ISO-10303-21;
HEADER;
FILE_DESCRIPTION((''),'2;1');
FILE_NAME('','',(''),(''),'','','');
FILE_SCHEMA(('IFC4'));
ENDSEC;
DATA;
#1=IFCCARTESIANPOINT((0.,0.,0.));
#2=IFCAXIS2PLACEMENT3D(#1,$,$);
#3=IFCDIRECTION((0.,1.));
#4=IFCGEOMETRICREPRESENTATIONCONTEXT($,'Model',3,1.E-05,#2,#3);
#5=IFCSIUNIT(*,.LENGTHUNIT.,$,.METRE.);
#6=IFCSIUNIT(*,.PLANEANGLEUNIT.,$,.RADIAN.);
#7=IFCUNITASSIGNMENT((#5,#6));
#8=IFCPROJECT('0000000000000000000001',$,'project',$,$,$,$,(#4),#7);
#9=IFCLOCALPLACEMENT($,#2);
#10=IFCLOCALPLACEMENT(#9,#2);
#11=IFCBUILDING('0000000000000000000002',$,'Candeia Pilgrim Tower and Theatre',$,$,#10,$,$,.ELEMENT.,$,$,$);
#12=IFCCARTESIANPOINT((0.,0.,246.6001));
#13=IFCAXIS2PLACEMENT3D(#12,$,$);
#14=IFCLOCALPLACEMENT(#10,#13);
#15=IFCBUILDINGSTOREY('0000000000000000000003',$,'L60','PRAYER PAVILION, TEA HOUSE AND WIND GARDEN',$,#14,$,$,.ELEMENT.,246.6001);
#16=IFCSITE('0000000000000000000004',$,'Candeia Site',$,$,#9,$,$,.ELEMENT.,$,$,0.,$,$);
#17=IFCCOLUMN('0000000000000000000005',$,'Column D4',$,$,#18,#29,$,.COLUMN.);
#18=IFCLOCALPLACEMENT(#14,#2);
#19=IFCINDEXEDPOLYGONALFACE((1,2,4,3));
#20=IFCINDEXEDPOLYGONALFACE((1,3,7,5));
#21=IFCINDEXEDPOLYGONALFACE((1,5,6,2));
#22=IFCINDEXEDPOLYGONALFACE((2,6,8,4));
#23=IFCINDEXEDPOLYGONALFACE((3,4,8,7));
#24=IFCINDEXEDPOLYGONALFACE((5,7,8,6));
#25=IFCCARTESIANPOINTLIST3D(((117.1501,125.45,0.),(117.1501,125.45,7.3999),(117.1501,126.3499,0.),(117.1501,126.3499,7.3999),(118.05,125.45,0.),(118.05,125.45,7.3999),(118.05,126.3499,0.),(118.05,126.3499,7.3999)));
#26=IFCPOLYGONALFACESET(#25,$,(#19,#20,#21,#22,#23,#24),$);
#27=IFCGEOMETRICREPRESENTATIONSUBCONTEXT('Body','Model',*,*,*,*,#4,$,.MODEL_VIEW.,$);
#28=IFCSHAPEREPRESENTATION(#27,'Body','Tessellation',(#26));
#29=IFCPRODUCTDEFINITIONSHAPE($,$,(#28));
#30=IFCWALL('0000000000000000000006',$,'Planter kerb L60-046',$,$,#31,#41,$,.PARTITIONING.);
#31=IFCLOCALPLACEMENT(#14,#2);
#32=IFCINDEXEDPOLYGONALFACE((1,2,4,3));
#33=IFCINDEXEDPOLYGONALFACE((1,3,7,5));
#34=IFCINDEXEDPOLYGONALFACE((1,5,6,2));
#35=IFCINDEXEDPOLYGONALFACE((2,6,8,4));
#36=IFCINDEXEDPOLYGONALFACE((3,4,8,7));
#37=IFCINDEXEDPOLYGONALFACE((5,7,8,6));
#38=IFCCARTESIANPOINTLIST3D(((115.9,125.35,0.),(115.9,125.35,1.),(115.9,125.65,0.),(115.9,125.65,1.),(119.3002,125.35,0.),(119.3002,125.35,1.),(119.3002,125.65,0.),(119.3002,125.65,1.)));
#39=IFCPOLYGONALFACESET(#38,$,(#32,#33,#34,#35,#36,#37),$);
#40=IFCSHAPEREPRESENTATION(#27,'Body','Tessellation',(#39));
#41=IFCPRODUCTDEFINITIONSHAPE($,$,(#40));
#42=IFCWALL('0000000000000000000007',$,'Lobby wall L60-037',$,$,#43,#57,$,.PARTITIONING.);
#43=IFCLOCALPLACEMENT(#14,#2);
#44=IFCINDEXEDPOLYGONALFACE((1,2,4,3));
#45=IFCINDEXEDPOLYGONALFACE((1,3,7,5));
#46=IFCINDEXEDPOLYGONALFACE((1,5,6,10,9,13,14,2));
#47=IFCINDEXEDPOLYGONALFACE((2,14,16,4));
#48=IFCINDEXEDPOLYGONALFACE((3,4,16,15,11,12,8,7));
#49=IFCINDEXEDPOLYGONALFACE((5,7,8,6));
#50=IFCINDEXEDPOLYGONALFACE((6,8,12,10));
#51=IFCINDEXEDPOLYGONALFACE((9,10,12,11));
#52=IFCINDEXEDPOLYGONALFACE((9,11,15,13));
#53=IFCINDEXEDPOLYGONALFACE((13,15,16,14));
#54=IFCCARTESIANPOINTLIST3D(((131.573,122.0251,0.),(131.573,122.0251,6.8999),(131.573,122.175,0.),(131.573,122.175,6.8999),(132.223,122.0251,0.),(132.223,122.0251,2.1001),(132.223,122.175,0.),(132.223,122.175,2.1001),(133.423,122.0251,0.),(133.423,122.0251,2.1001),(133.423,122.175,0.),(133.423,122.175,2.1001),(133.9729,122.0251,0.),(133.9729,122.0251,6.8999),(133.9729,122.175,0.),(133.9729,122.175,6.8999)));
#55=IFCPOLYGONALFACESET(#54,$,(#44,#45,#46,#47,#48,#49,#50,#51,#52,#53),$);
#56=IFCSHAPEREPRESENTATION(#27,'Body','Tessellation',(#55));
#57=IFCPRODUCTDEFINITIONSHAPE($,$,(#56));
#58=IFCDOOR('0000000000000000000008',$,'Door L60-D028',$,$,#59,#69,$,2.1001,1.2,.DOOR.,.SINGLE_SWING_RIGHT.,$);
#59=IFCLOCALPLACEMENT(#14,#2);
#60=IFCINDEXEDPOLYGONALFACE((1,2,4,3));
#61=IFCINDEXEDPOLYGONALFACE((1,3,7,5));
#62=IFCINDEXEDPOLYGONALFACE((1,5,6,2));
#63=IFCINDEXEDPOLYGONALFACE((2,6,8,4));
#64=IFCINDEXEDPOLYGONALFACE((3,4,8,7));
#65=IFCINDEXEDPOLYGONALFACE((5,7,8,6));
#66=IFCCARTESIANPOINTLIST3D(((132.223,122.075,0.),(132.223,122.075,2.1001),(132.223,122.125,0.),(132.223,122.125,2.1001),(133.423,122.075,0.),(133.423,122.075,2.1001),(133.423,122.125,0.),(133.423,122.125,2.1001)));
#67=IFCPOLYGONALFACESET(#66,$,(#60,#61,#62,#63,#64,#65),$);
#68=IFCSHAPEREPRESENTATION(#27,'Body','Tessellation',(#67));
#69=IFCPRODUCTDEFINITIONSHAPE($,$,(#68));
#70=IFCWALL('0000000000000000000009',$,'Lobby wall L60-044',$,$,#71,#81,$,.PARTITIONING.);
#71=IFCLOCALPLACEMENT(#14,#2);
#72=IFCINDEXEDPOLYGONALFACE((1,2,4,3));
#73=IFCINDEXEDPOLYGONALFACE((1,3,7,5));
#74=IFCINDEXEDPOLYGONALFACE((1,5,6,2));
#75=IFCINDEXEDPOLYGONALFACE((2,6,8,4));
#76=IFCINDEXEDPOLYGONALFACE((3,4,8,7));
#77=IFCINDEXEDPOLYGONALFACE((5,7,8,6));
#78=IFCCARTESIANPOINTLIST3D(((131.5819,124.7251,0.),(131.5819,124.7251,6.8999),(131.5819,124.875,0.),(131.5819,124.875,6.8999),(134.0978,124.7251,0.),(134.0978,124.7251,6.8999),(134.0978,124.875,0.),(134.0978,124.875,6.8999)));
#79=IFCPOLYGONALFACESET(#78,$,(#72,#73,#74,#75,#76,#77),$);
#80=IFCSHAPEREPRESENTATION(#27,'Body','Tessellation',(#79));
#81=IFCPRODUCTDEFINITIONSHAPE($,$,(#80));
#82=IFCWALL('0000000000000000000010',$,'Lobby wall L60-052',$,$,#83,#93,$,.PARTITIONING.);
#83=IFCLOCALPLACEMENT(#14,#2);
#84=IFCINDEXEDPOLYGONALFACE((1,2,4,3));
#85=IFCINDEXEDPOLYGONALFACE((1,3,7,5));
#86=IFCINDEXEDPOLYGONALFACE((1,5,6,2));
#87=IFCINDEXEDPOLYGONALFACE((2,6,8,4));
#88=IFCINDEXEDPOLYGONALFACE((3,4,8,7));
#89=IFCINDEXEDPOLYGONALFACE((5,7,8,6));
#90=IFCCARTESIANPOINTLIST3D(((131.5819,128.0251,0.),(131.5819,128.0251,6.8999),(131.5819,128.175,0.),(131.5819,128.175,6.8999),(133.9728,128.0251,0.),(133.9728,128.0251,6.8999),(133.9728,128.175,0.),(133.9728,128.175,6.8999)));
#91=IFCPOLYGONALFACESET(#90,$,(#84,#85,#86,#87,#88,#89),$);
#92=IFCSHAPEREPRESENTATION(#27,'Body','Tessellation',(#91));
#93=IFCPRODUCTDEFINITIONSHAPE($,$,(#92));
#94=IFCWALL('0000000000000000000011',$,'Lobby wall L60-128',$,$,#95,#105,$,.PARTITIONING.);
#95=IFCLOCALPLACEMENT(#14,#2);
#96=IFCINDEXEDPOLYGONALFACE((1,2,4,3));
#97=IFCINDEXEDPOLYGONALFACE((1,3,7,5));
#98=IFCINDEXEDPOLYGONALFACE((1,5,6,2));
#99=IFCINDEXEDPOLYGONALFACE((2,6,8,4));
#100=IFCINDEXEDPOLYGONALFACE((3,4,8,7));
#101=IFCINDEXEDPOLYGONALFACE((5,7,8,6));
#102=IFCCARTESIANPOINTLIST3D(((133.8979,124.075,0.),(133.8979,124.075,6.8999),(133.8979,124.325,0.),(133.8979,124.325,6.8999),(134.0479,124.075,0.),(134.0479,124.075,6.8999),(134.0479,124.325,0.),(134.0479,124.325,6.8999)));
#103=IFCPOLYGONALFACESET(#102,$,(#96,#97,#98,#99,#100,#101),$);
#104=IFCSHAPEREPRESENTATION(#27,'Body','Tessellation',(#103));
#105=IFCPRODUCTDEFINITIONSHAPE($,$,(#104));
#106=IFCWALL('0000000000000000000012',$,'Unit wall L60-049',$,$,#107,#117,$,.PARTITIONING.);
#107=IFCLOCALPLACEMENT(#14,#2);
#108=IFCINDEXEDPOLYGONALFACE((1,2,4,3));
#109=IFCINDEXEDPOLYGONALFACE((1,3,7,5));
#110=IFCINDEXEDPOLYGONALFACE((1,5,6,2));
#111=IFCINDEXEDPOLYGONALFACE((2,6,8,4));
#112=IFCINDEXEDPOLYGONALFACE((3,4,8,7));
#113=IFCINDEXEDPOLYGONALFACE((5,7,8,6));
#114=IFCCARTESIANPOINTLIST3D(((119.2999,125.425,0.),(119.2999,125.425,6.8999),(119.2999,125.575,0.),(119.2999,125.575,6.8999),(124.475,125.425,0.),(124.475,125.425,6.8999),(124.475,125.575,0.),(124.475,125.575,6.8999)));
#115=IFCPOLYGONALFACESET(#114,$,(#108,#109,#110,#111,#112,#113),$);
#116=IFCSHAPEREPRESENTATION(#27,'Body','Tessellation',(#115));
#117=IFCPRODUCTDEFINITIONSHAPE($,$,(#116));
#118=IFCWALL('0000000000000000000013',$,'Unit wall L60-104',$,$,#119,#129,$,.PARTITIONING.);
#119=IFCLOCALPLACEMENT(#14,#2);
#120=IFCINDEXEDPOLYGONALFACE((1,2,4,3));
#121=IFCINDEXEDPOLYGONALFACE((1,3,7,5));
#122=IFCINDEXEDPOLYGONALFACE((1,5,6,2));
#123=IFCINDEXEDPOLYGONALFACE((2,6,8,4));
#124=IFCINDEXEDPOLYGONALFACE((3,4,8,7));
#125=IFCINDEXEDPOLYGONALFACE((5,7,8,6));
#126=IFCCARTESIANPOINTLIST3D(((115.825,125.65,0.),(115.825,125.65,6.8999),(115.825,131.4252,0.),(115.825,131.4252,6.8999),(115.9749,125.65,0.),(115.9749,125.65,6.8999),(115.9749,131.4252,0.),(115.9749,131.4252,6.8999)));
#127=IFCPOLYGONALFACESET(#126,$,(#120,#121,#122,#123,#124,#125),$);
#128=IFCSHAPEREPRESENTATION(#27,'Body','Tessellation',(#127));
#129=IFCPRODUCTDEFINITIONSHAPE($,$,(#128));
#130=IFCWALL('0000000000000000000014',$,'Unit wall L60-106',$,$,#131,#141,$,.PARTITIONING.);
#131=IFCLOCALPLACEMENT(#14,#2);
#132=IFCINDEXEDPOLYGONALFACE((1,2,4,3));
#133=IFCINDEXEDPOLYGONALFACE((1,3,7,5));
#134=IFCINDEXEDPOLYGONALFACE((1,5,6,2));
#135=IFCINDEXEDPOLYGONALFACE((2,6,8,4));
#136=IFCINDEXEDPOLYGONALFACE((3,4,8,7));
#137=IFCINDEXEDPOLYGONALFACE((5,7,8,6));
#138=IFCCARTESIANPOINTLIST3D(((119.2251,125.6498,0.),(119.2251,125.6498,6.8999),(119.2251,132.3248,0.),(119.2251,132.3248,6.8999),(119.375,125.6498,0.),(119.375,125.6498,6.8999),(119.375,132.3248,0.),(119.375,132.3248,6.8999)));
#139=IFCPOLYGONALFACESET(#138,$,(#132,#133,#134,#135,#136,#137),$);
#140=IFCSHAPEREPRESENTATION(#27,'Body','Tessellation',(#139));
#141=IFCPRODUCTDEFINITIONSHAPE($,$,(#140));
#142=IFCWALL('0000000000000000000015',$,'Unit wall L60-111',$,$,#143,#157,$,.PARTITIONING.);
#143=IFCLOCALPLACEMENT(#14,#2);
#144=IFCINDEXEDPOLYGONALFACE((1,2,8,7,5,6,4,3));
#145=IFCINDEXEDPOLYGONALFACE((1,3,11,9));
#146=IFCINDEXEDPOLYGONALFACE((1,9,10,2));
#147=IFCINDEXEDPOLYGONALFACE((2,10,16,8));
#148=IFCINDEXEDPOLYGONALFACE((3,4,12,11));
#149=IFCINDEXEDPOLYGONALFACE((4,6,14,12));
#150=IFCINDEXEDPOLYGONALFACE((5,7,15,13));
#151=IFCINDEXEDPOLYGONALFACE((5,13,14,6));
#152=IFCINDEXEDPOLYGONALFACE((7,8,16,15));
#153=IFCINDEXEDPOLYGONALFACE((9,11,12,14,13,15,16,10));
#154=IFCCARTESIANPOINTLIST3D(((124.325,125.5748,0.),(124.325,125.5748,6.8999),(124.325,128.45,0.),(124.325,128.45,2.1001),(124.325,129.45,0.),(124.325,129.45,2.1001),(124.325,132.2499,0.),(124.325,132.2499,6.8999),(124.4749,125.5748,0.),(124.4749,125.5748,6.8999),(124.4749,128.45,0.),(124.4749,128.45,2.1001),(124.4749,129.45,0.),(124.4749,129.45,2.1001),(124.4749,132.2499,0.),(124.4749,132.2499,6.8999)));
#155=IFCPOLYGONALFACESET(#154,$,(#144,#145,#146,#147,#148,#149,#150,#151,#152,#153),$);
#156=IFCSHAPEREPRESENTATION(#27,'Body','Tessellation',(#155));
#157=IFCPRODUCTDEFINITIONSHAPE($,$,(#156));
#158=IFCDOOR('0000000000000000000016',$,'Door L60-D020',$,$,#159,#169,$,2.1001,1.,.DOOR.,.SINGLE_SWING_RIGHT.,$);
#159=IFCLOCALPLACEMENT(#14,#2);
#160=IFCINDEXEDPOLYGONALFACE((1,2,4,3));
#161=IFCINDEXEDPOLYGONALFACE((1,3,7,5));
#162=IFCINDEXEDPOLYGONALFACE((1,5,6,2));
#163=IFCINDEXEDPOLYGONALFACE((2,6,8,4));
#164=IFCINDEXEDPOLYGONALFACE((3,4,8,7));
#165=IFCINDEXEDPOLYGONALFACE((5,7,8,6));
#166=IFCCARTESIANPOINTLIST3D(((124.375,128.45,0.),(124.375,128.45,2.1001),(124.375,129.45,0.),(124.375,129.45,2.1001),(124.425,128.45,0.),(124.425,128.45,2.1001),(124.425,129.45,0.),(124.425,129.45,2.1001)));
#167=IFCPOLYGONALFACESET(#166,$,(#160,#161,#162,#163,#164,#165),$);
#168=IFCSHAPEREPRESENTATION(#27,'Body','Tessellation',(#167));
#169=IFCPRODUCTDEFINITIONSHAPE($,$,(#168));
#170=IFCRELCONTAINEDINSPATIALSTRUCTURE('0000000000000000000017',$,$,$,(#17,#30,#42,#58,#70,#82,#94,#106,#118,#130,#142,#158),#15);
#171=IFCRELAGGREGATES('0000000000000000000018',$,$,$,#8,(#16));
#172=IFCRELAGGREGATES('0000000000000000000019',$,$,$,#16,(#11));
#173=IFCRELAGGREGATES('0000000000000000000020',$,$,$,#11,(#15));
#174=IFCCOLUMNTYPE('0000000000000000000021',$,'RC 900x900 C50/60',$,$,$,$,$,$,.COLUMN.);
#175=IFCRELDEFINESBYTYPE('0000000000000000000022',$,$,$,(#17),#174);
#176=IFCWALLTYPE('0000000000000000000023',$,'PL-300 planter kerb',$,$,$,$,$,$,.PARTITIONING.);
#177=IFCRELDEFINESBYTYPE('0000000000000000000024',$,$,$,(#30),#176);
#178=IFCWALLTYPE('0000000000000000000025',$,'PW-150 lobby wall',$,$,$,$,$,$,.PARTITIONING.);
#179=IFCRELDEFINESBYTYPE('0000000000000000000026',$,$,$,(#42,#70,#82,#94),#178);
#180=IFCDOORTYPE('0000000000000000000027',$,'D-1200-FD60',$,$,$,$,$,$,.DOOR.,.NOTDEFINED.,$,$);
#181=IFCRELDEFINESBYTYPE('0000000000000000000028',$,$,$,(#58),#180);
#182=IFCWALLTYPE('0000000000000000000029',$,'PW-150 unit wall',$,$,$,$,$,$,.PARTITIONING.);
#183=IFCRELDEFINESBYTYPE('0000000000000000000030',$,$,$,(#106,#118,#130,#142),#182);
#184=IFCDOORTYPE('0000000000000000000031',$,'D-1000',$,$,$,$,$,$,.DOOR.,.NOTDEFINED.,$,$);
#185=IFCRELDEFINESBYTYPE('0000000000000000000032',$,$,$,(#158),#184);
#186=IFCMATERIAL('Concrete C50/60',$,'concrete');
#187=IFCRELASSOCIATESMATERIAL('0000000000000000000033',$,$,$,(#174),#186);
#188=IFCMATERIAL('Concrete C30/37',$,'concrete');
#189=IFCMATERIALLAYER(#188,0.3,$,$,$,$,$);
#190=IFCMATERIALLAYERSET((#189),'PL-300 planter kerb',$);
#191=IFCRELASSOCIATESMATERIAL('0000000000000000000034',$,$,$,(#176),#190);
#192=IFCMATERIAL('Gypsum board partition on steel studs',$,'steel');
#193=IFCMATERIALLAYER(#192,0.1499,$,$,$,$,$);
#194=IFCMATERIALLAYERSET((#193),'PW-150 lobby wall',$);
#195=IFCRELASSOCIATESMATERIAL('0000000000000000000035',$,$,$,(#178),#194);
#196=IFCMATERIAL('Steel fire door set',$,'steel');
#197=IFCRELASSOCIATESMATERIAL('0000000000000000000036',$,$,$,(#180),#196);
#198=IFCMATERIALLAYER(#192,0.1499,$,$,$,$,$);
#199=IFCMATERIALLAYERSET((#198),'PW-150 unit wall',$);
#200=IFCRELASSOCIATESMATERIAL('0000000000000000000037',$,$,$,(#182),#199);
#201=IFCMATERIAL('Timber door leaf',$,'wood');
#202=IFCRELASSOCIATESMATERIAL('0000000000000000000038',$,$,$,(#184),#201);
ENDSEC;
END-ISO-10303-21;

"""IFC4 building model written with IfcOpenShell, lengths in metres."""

from ifc_helpers import new_model, si_unit, direction, frame, frame_2d, origin, origin_2d, place, context, subcontext, project, spatial, rectangle, extrude, material, layer, layer_set, material_profile, profile_set, type_object, element, fill, save


model = new_model("IFC4")

# Units and contexts
model_context = context("Model", 3, precision=1e-05, world=origin(), true_north=direction((0.0, 1.0)))
body_context = subcontext(model_context, "Body", "Model", "MODEL_VIEW")
ifc_project = project(units=[si_unit("LENGTHUNIT", "METRE"), si_unit("PLANEANGLEUNIT", "RADIAN")], contexts=[model_context])

# Site, building, storey
site_placement = place(None, origin())
site = spatial("IfcSite", under=ifc_project, at=site_placement, Name="Candeia Site", CompositionType="ELEMENT", RefElevation=0.0)
building_placement = place(site_placement, origin())
building = spatial("IfcBuilding", under=site, at=building_placement, Name="Candeia Pilgrim Tower and Theatre", CompositionType="ELEMENT")
storey_placement = place(building_placement, frame((0.0, 0.0, 246.6001)))
storey = spatial("IfcBuildingStorey", under=building, at=storey_placement, Name="L60", Description="PRAYER PAVILION, TEA HOUSE AND WIND GARDEN", CompositionType="ELEMENT", Elevation=246.6001)

# Column
ifc_material_1 = material(Name="Concrete C50/60", Category="concrete")
ifc_material_profile = material_profile(ifc_material_1, rectangle(XDim=0.8999, YDim=0.8999, at=origin_2d()))
ifc_profile_set = profile_set([ifc_material_profile], Name="Concrete C50/60")
column_type = type_object("IfcColumnType", Name="RC 900x900 C50/60", PredefinedType="COLUMN", material=ifc_profile_set)
column_placement = place(storey_placement, frame((117.6001, 125.8999, 0.0), z_axis=(0.0, 0.0, 1.0), x_axis=(1.0, 0.0, 0.0)))
element("IfcColumn", 1, at=column_placement, inside=storey, type_object=column_type, Name="Column D4", PredefinedType="COLUMN", context=body_context, shape_type="SweptSolid", body=[
    extrude(rectangle(XDim=0.8999, YDim=0.8999, at=origin_2d()), origin(), (0.0, 0.0, 1.0), 7.3999),
])

# Wall
ifc_material_2 = material(Name="Concrete C30/37", Category="concrete")
ifc_layer_1 = layer(ifc_material_2, 0.3)
ifc_layer_set_1 = layer_set([ifc_layer_1], Name="PL-300 planter kerb")
wall_type_1 = type_object("IfcWallType", Name="PL-300 planter kerb", PredefinedType="PARTITIONING", material=ifc_layer_set_1)
wall_1_placement = place(storey_placement, frame((115.8999, 125.5, 0.0), z_axis=(0.0, 0.0, 1.0), x_axis=(1.0, 0.0, 0.0)))
element("IfcWall", 2, at=wall_1_placement, inside=storey, type_object=wall_type_1, Name="Planter kerb L60-046", PredefinedType="PARTITIONING", context=body_context, shape_type="SweptSolid", body=[
    extrude(rectangle(XDim=3.4001, YDim=0.3, at=frame_2d((1.7002, 0.0))), origin(), (0.0, 0.0, 1.0), 1.0),
])

# Wall, opening, door
ifc_material_3 = material(Name="Gypsum board partition on steel studs", Category="steel")
ifc_layer_2 = layer(ifc_material_3, 0.1499)
ifc_layer_set_2 = layer_set([ifc_layer_2], Name="PW-150 lobby wall")
wall_type_2 = type_object("IfcWallType", Name="PW-150 lobby wall", PredefinedType="PARTITIONING", material=ifc_layer_set_2)
wall_2_placement = place(storey_placement, frame((131.573, 122.1001, 0.0), z_axis=(0.0, 0.0, 1.0), x_axis=(1.0, 0.0, 0.0)))
wall_2 = element("IfcWall", 3, at=wall_2_placement, inside=storey, type_object=wall_type_2, Name="Lobby wall L60-037", PredefinedType="PARTITIONING", context=body_context, shape_type="SweptSolid", body=[
    extrude(rectangle(XDim=2.3999, YDim=0.1499, at=frame_2d((1.2, 0.0))), origin(), (0.0, 0.0, 1.0), 6.8999),
])
opening_1_placement = place(wall_2_placement, frame((0.6499, 0.0, 0.0)))
opening_1 = element("IfcOpeningElement", 4, at=opening_1_placement, cuts=wall_2, PredefinedType="OPENING", context=body_context, shape_type="SweptSolid", body=[
    extrude(rectangle(XDim=1.2, YDim=2.1001, at=frame_2d((0.6001, 1.05))), frame((0.0, 0.085, 0.0), z_axis=(0.0, -1.0, 0.0), x_axis=(1.0, 0.0, 0.0)), (0.0, 0.0, 1.0), 0.1699),
])
ifc_material_4 = material(Name="Steel fire door set", Category="steel")
door_type_1 = type_object("IfcDoorType", Name="D-1200-FD60", OperationType="NOTDEFINED", PredefinedType="DOOR", material=ifc_material_4)
door_1_placement = place(opening_1_placement, origin())
door_1 = element("IfcDoor", 5, at=door_1_placement, inside=storey, type_object=door_type_1, Name="Door L60-D028", OperationType="SINGLE_SWING_RIGHT", OverallHeight=2.1001, OverallWidth=1.2, PredefinedType="DOOR", context=body_context, shape_type="SweptSolid", body=[
    extrude(rectangle(XDim=1.2, YDim=2.1001, at=frame_2d((0.6001, 1.05))), frame((0.0, 0.0249, 0.0), z_axis=(0.0, -1.0, 0.0), x_axis=(1.0, 0.0, 0.0)), (0.0, 0.0, 1.0), 0.05),
])
fill(opening_1, door_1)

# Walls
wall_3_placement = place(storey_placement, frame((131.582, 124.8, 0.0), z_axis=(0.0, 0.0, 1.0), x_axis=(1.0, 0.0, 0.0)))
element("IfcWall", 6, at=wall_3_placement, inside=storey, type_object=wall_type_2, Name="Lobby wall L60-044", PredefinedType="PARTITIONING", context=body_context, shape_type="SweptSolid", body=[
    extrude(rectangle(XDim=2.5159, YDim=0.1499, at=frame_2d((1.2578, 0.0))), origin(), (0.0, 0.0, 1.0), 6.8999),
])
wall_4_placement = place(storey_placement, frame((131.582, 128.1001, 0.0), z_axis=(0.0, 0.0, 1.0), x_axis=(1.0, 0.0, 0.0)))
element("IfcWall", 7, at=wall_4_placement, inside=storey, type_object=wall_type_2, Name="Lobby wall L60-052", PredefinedType="PARTITIONING", context=body_context, shape_type="SweptSolid", body=[
    extrude(rectangle(XDim=2.3909, YDim=0.1499, at=frame_2d((1.1953, 0.0))), origin(), (0.0, 0.0, 1.0), 6.8999),
])
wall_5_placement = place(storey_placement, frame((133.9729, 124.075, 0.0), z_axis=(0.0, 0.0, 1.0), x_axis=(0.0, 1.0, 0.0)))
element("IfcWall", 8, at=wall_5_placement, inside=storey, type_object=wall_type_2, Name="Lobby wall L60-128", PredefinedType="PARTITIONING", context=body_context, shape_type="SweptSolid", body=[
    extrude(rectangle(XDim=0.25, YDim=0.1499, at=frame_2d((0.125, 0.0))), origin(), (0.0, 0.0, 1.0), 6.8999),
])
ifc_layer_3 = layer(ifc_material_3, 0.1499)
ifc_layer_set_3 = layer_set([ifc_layer_3], Name="PW-150 unit wall")
wall_type_3 = type_object("IfcWallType", Name="PW-150 unit wall", PredefinedType="PARTITIONING", material=ifc_layer_set_3)
wall_6_placement = place(storey_placement, frame((119.3, 125.5, 0.0), z_axis=(0.0, 0.0, 1.0), x_axis=(1.0, 0.0, 0.0)))
element("IfcWall", 9, at=wall_6_placement, inside=storey, type_object=wall_type_3, Name="Unit wall L60-049", PredefinedType="PARTITIONING", context=body_context, shape_type="SweptSolid", body=[
    extrude(rectangle(XDim=5.175, YDim=0.1499, at=frame_2d((2.5874, 0.0))), origin(), (0.0, 0.0, 1.0), 6.8999),
])
wall_7_placement = place(storey_placement, frame((115.8999, 125.6499, 0.0), z_axis=(0.0, 0.0, 1.0), x_axis=(0.0, 1.0, 0.0)))
element("IfcWall", 10, at=wall_7_placement, inside=storey, type_object=wall_type_3, Name="Unit wall L60-104", PredefinedType="PARTITIONING", context=body_context, shape_type="SweptSolid", body=[
    extrude(rectangle(XDim=5.7751, YDim=0.1499, at=frame_2d((2.8877, 0.0))), origin(), (0.0, 0.0, 1.0), 6.8999),
])
wall_8_placement = place(storey_placement, frame((119.3, 125.6499, 0.0), z_axis=(0.0, 0.0, 1.0), x_axis=(0.0, 1.0, 0.0)))
element("IfcWall", 11, at=wall_8_placement, inside=storey, type_object=wall_type_3, Name="Unit wall L60-106", PredefinedType="PARTITIONING", context=body_context, shape_type="SweptSolid", body=[
    extrude(rectangle(XDim=6.675, YDim=0.1499, at=frame_2d((3.3374, 0.0))), origin(), (0.0, 0.0, 1.0), 6.8999),
])

# Wall, opening, door
wall_9_placement = place(storey_placement, frame((124.3999, 125.575, 0.0), z_axis=(0.0, 0.0, 1.0), x_axis=(0.0, 1.0, 0.0)))
wall_9 = element("IfcWall", 12, at=wall_9_placement, inside=storey, type_object=wall_type_3, Name="Unit wall L60-111", PredefinedType="PARTITIONING", context=body_context, shape_type="SweptSolid", body=[
    extrude(rectangle(XDim=6.675, YDim=0.1499, at=frame_2d((3.3374, 0.0))), origin(), (0.0, 0.0, 1.0), 6.8999),
])
opening_2_placement = place(wall_9_placement, frame((2.875, 0.0, 0.0)))
opening_2 = element("IfcOpeningElement", 13, at=opening_2_placement, cuts=wall_9, PredefinedType="OPENING", context=body_context, shape_type="SweptSolid", body=[
    extrude(rectangle(XDim=1.0, YDim=2.1001, at=frame_2d((0.5, 1.05))), frame((0.0, 0.085, 0.0), z_axis=(0.0, -1.0, 0.0), x_axis=(1.0, 0.0, 0.0)), (0.0, 0.0, 1.0), 0.1699),
])
ifc_material_5 = material(Name="Timber door leaf", Category="wood")
door_type_2 = type_object("IfcDoorType", Name="D-1000", OperationType="NOTDEFINED", PredefinedType="DOOR", material=ifc_material_5)
door_2_placement = place(opening_2_placement, origin())
door_2 = element("IfcDoor", 14, at=door_2_placement, inside=storey, type_object=door_type_2, Name="Door L60-D020", OperationType="SINGLE_SWING_RIGHT", OverallHeight=2.1001, OverallWidth=1.0, PredefinedType="DOOR", context=body_context, shape_type="SweptSolid", body=[
    extrude(rectangle(XDim=1.0, YDim=2.1001, at=frame_2d((0.5, 1.05))), frame((0.0, 0.0249, 0.0), z_axis=(0.0, -1.0, 0.0), x_axis=(1.0, 0.0, 0.0)), (0.0, 0.0, 1.0), 0.05),
])
fill(opening_2, door_2)

save(model, "model.ifc")
